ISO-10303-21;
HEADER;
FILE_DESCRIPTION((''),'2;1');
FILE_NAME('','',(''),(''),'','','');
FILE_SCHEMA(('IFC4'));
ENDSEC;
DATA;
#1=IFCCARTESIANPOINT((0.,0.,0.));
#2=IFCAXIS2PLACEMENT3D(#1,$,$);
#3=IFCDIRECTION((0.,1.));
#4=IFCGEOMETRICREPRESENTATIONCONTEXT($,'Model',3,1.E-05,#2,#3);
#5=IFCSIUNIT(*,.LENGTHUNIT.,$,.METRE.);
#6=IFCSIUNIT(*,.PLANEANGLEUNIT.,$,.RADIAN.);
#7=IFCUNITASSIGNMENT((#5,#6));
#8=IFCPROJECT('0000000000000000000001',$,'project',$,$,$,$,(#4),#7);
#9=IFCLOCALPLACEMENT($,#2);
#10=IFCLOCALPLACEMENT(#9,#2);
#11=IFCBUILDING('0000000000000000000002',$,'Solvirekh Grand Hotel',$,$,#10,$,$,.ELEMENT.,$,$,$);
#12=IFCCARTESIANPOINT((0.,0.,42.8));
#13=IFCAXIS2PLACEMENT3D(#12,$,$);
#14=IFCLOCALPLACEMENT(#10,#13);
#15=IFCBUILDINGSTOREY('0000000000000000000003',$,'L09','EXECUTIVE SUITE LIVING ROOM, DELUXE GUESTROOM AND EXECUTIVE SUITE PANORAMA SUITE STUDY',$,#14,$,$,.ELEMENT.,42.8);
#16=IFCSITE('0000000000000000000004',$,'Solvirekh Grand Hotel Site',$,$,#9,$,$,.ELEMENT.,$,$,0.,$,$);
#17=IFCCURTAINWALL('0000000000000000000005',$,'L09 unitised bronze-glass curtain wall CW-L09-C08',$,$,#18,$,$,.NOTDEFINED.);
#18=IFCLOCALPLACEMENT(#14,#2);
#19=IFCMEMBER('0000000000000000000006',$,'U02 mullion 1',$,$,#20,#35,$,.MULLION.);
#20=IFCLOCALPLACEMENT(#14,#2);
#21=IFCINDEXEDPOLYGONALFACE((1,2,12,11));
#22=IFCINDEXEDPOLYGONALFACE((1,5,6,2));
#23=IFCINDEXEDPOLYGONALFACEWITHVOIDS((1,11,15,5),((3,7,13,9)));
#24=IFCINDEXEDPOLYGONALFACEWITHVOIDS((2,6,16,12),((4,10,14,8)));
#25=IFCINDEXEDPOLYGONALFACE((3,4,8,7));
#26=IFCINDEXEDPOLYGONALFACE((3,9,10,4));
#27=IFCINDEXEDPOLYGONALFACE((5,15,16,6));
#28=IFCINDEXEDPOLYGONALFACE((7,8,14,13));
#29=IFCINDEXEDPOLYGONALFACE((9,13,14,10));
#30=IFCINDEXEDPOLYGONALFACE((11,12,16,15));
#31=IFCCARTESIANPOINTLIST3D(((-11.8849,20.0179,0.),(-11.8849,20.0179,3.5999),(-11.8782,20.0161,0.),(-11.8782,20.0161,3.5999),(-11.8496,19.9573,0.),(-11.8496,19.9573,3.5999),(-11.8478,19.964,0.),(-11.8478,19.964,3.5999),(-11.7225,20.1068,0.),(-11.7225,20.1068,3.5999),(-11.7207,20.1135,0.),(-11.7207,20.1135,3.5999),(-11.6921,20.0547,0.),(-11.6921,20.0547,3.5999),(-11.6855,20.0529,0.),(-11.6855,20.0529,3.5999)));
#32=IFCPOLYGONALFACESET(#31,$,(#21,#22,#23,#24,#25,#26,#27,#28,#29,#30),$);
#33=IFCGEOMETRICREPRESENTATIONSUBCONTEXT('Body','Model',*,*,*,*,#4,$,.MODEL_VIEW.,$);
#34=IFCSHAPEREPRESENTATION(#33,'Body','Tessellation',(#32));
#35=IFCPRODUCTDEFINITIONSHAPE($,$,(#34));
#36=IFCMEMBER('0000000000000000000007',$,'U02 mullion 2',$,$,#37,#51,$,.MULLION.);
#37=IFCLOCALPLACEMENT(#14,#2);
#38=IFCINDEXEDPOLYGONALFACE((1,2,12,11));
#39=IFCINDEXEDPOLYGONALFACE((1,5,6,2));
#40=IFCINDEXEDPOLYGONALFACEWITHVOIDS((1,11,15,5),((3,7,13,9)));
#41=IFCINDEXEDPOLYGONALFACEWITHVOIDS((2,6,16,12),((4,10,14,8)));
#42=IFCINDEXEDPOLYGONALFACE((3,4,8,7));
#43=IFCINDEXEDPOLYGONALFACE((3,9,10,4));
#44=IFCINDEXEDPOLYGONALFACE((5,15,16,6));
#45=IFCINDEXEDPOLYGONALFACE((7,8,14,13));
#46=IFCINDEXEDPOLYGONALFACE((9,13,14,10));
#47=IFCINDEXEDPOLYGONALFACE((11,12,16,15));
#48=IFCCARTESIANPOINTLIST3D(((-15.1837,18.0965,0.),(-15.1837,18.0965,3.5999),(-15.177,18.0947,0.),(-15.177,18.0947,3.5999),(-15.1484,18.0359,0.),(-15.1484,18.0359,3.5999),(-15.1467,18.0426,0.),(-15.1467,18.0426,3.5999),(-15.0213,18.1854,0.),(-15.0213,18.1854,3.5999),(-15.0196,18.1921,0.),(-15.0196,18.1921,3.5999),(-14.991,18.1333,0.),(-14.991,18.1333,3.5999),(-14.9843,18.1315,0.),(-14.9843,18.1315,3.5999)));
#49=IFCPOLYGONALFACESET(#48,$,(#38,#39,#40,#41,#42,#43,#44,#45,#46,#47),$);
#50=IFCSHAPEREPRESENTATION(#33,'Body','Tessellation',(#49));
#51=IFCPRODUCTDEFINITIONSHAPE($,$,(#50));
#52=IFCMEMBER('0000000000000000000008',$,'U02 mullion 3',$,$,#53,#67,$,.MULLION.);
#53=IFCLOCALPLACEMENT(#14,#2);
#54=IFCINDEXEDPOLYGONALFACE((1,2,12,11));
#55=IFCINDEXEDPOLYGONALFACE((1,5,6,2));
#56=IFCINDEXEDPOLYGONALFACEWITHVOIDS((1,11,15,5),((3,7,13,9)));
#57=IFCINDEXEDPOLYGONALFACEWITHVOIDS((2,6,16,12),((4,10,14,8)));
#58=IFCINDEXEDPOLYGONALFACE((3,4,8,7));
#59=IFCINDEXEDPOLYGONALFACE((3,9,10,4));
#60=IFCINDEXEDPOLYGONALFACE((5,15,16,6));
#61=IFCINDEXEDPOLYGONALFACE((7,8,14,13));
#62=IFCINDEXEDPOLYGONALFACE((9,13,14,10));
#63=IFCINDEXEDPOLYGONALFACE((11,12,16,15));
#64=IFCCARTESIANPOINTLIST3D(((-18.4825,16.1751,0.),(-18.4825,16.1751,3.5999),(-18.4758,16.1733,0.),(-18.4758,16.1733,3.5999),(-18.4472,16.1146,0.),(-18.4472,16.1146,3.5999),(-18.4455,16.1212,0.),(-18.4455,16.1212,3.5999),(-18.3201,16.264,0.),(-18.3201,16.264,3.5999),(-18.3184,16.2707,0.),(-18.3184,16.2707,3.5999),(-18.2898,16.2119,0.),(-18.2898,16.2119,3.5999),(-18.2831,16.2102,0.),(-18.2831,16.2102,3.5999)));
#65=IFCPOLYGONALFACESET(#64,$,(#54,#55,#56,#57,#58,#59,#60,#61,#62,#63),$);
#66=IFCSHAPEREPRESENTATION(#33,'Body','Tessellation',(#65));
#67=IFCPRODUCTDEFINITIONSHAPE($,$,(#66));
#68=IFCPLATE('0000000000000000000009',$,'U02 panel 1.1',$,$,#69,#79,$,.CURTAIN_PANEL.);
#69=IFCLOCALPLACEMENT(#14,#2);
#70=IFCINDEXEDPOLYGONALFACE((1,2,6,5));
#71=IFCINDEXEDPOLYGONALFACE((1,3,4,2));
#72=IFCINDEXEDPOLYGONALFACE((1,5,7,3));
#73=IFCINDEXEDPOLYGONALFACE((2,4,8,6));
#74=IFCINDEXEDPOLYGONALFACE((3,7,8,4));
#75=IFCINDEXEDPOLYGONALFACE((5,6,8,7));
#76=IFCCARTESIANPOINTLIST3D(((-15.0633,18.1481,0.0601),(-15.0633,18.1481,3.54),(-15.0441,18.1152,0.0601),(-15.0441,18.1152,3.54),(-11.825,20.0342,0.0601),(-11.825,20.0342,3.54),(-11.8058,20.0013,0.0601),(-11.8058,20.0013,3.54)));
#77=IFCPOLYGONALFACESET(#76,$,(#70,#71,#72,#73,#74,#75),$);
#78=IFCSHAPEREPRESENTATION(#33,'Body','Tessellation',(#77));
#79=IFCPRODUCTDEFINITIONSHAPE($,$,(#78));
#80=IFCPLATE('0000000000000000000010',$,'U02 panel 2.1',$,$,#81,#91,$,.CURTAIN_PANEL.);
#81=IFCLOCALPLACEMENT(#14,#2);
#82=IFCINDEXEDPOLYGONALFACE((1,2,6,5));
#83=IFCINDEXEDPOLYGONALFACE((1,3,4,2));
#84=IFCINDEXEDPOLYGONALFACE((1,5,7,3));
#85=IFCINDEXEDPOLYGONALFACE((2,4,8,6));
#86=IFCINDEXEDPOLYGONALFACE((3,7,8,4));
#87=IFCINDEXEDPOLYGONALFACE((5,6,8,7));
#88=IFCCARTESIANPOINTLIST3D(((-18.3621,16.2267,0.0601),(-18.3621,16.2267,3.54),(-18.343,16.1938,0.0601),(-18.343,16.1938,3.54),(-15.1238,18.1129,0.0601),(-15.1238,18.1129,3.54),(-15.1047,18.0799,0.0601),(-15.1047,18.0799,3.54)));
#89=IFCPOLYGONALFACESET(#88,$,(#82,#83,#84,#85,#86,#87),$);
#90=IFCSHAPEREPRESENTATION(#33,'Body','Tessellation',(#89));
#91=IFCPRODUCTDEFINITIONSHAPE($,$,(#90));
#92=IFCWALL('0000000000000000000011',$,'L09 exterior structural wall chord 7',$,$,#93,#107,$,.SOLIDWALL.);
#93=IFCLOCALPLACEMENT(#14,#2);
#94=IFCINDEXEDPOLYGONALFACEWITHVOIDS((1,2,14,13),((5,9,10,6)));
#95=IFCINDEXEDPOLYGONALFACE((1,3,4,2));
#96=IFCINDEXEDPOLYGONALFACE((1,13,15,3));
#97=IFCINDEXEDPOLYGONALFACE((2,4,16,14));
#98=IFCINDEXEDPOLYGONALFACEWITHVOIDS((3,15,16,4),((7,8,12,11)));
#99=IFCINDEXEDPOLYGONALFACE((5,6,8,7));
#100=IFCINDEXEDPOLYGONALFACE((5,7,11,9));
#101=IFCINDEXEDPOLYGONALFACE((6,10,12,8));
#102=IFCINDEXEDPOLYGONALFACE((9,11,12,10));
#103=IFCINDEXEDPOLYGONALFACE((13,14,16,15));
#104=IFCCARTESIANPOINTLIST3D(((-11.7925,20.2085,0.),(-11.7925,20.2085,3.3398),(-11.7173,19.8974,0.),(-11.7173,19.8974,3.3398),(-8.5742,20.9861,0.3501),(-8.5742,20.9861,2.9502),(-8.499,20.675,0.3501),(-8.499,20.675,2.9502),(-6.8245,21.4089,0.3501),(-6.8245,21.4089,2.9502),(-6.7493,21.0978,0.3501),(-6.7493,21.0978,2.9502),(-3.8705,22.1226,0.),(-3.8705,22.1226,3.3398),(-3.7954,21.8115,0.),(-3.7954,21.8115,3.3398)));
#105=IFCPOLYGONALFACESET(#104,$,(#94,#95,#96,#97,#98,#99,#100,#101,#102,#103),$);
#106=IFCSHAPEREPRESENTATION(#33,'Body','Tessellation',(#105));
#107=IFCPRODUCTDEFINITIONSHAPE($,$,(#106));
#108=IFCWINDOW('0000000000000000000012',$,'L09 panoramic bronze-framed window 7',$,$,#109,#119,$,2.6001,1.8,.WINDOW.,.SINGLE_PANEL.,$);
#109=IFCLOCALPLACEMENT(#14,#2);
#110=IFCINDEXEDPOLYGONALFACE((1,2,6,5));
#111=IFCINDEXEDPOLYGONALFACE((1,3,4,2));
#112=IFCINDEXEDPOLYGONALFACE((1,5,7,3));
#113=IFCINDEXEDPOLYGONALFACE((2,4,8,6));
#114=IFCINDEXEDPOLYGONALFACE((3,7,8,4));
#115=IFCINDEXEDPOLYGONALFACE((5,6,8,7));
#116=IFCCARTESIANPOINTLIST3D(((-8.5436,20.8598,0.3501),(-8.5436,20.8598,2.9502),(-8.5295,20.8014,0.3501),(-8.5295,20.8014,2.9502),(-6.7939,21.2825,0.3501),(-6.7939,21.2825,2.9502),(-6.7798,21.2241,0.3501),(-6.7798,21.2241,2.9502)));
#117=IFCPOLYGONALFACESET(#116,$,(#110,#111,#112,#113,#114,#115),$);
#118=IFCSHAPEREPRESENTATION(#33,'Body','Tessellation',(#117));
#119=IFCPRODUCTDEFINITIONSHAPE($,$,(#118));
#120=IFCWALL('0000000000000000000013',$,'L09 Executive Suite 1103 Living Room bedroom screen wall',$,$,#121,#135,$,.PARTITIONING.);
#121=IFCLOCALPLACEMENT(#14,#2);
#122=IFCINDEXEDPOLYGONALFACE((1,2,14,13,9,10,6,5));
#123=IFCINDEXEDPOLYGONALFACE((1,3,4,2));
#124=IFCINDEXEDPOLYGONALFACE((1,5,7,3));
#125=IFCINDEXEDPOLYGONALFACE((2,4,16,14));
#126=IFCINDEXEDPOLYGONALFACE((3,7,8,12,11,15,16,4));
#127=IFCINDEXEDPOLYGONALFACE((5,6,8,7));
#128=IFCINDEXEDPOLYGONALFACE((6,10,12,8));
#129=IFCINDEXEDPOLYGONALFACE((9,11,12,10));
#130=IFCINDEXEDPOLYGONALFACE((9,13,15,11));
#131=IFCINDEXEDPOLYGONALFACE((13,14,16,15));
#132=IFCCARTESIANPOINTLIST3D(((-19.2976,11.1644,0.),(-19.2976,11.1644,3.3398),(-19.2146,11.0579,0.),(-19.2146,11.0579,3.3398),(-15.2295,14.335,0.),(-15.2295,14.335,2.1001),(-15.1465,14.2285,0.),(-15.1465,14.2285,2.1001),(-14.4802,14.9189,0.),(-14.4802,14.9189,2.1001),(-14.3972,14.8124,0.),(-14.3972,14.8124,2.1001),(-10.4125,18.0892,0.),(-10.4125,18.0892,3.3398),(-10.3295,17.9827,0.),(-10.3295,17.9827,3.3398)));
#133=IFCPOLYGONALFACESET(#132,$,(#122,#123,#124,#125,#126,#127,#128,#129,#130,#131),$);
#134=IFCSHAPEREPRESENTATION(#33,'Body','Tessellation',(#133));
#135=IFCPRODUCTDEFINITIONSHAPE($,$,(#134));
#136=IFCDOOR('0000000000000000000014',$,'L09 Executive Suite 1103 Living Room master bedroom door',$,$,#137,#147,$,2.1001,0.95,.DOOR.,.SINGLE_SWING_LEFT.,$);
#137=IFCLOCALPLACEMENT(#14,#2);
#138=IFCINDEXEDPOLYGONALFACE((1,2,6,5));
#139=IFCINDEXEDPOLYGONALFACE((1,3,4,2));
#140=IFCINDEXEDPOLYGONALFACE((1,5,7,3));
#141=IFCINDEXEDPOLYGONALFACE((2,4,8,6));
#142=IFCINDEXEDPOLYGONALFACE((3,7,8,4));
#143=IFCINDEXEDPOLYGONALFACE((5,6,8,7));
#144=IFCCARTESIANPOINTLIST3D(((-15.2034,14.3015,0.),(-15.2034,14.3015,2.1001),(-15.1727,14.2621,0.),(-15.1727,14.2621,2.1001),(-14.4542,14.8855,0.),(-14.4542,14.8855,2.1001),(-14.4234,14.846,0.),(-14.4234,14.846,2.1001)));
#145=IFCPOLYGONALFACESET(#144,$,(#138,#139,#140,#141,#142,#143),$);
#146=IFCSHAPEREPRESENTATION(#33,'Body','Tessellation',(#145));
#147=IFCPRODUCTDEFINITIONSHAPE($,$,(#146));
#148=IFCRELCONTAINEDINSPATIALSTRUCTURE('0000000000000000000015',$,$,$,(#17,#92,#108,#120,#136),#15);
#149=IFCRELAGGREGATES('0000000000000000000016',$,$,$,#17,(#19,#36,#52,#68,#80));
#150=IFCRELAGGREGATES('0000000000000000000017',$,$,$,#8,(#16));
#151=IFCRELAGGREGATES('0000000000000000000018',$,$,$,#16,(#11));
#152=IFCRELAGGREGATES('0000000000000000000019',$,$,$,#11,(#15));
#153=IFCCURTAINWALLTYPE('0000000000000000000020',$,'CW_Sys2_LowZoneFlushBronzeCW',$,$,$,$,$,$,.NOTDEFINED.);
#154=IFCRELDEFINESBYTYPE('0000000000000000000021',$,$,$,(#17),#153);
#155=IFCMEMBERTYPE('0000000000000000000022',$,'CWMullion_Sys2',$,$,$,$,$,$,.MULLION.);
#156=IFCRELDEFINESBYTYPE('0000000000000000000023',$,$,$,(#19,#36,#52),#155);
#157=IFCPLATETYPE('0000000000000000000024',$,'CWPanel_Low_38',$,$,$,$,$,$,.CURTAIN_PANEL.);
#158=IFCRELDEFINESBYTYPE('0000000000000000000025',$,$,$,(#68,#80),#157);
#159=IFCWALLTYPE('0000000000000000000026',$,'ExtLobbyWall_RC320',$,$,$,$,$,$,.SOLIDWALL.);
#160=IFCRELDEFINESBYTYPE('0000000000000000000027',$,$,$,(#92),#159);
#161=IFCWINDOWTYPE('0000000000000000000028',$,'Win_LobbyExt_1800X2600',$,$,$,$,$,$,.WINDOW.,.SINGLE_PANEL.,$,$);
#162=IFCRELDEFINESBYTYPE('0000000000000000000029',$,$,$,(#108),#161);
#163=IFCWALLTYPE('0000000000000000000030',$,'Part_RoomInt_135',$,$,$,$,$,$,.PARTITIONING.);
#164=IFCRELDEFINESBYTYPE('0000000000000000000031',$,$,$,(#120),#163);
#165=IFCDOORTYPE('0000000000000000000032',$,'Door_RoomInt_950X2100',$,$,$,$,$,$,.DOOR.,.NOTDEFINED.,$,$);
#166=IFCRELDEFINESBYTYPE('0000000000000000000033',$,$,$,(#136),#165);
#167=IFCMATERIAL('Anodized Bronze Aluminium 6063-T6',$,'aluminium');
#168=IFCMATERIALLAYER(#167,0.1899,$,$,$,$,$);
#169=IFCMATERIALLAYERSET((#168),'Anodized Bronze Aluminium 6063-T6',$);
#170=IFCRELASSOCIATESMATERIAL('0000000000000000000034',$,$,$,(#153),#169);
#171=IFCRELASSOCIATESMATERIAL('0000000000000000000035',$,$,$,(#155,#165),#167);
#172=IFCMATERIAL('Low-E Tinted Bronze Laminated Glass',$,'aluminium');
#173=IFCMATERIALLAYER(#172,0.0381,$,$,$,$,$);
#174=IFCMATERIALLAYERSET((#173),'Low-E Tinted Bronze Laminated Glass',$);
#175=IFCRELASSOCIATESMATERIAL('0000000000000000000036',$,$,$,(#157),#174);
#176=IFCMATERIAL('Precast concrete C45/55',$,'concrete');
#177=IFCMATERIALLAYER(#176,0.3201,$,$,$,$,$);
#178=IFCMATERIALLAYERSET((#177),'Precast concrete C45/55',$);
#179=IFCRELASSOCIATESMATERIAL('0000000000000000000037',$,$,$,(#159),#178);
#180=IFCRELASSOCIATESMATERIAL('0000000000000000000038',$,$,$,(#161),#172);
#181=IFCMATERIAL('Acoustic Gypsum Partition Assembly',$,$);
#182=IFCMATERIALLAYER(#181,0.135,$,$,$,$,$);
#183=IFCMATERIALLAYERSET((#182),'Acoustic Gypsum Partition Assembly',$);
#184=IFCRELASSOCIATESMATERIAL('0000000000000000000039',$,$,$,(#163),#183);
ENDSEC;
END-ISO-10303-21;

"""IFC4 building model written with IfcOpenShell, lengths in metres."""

from ifc_helpers import new_model, si_unit, direction, frame, frame_2d, origin, origin_2d, place, context, subcontext, project, spatial, rectangle, hollow_rectangle, extrude, source, transform, mapped, material, layer, layer_set, material_profile, profile_set, type_object, element, fill, aggregate, save


model = new_model("IFC4")

# Units and contexts
model_context = context("Model", 3, precision=1e-05, world=origin(), true_north=direction((0.0, 1.0)))
body_context = subcontext(model_context, "Body", "Model", "MODEL_VIEW")
ifc_project = project(units=[si_unit("LENGTHUNIT", "METRE"), si_unit("PLANEANGLEUNIT", "RADIAN")], contexts=[model_context])

# Site, building, storey
site_placement = place(None, origin())
site = spatial("IfcSite", under=ifc_project, at=site_placement, Name="Solvirekh Grand Hotel Site", CompositionType="ELEMENT", RefElevation=0.0)
building_placement = place(site_placement, origin())
building = spatial("IfcBuilding", under=site, at=building_placement, Name="Solvirekh Grand Hotel", CompositionType="ELEMENT")
storey_placement = place(building_placement, frame((0.0, 0.0, 42.8)))
storey = spatial("IfcBuildingStorey", under=building, at=storey_placement, Name="L09", Description="EXECUTIVE SUITE LIVING ROOM, DELUXE GUESTROOM AND EXECUTIVE SUITE PANORAMA SUITE STUDY", CompositionType="ELEMENT", Elevation=42.8)

# Curtain wall, members, plates
ifc_material_1 = material(Name="Anodized Bronze Aluminium 6063-T6", Category="aluminium")
ifc_layer_1 = layer(ifc_material_1, 0.1899)
ifc_layer_set_1 = layer_set([ifc_layer_1], Name="Anodized Bronze Aluminium 6063-T6")
curtain_wall_type = type_object("IfcCurtainWallType", Name="CW_Sys2_LowZoneFlushBronzeCW", PredefinedType="NOTDEFINED", material=ifc_layer_set_1)
curtain_wall_placement = place(storey_placement, origin())
curtain_wall = element("IfcCurtainWall", 1, at=curtain_wall_placement, inside=storey, type_object=curtain_wall_type, Name="L09 unitised bronze-glass curtain wall CW-L09-C08", PredefinedType="NOTDEFINED")
ifc_material_profile_1 = material_profile(ifc_material_1, hollow_rectangle(XDim=0.0701, YDim=0.1899, WallThickness=0.0049, at=origin_2d()), Name="ALU RHS 190X70X5")
ifc_profile_set_1 = profile_set([ifc_material_profile_1], Name="Anodized Bronze Aluminium 6063-T6")
member_type_1 = type_object("IfcMemberType", Name="CWMullion_Sys2", PredefinedType="MULLION", material=ifc_profile_set_1)
shared_shape_1 = source(origin(), body_context, "Body", "SweptSolid", [
    extrude(hollow_rectangle(XDim=0.0701, YDim=0.1899, WallThickness=0.0049, at=origin_2d()), origin(), (0.0, 0.0, 1.0), 3.5999),
])
member_1_placement = place(storey_placement, frame((-11.7852, 20.0354, 0.0), z_axis=(0.0, 0.0, 1.0), x_axis=(0.503306, -0.864108, 0.0)))
member_1 = element("IfcMember", 2, at=member_1_placement, type_object=member_type_1, Name="U02 mullion 1", PredefinedType="MULLION", context=body_context, shape_type="MappedRepresentation", body=[
    mapped(shared_shape_1, transform((0.0, 0.0, 0.0), x_axis=(1.0, 0.0, 0.0), y_axis=(0.0, 1.0, 0.0), z_axis=(0.0, 0.0, 1.0), scale=1.0)),
])
member_2_placement = place(storey_placement, frame((-15.084, 18.114, 0.0), z_axis=(0.0, 0.0, 1.0), x_axis=(0.503306, -0.864108, 0.0)))
member_2 = element("IfcMember", 3, at=member_2_placement, type_object=member_type_1, Name="U02 mullion 2", PredefinedType="MULLION", context=body_context, shape_type="MappedRepresentation", body=[
    mapped(shared_shape_1, transform((0.0, 0.0, 0.0), x_axis=(1.0, 0.0, 0.0), y_axis=(0.0, 1.0, 0.0), z_axis=(0.0, 0.0, 1.0), scale=1.0)),
])
member_3_placement = place(storey_placement, frame((-18.3828, 16.1926, 0.0), z_axis=(0.0, 0.0, 1.0), x_axis=(0.503306, -0.864108, 0.0)))
member_3 = element("IfcMember", 4, at=member_3_placement, type_object=member_type_1, Name="U02 mullion 3", PredefinedType="MULLION", context=body_context, shape_type="MappedRepresentation", body=[
    mapped(shared_shape_1, transform((0.0, 0.0, 0.0), x_axis=(1.0, 0.0, 0.0), y_axis=(0.0, 1.0, 0.0), z_axis=(0.0, 0.0, 1.0), scale=1.0)),
])
ifc_material_2 = material(Name="Low-E Tinted Bronze Laminated Glass", Category="aluminium")
ifc_layer_2 = layer(ifc_material_2, 0.0381)
ifc_layer_set_2 = layer_set([ifc_layer_2], Name="Low-E Tinted Bronze Laminated Glass")
plate_type = type_object("IfcPlateType", Name="CWPanel_Low_38", PredefinedType="CURTAIN_PANEL", material=ifc_layer_set_2)
shared_shape_2 = source(origin(), body_context, "Body", "SweptSolid", [
    extrude(rectangle(XDim=3.7476, YDim=0.0381, at=origin_2d()), origin(), (0.0, 0.0, 1.0), 3.48),
])
plate_1_placement = place(storey_placement, frame((-13.4346, 19.0747, 0.0601), z_axis=(0.0, 0.0, 1.0), x_axis=(-0.864108, -0.503306, 0.0)))
plate_1 = element("IfcPlate", 5, at=plate_1_placement, type_object=plate_type, Name="U02 panel 1.1", PredefinedType="CURTAIN_PANEL", context=body_context, shape_type="MappedRepresentation", body=[
    mapped(shared_shape_2, transform((0.0, 0.0, 0.0), x_axis=(1.0, 0.0, 0.0), y_axis=(0.0, 1.0, 0.0), z_axis=(0.0, 0.0, 1.0), scale=1.0)),
])
plate_2_placement = place(storey_placement, frame((-16.7334, 17.1533, 0.0601), z_axis=(0.0, 0.0, 1.0), x_axis=(-0.864108, -0.503306, 0.0)))
plate_2 = element("IfcPlate", 6, at=plate_2_placement, type_object=plate_type, Name="U02 panel 2.1", PredefinedType="CURTAIN_PANEL", context=body_context, shape_type="MappedRepresentation", body=[
    mapped(shared_shape_2, transform((0.0, 0.0, 0.0), x_axis=(1.0, 0.0, 0.0), y_axis=(0.0, 1.0, 0.0), z_axis=(0.0, 0.0, 1.0), scale=1.0)),
])
aggregate(curtain_wall, [member_1, member_2, member_3, plate_1, plate_2])

# Wall, opening, window
ifc_material_3 = material(Name="Precast concrete C45/55", Category="concrete")
ifc_layer_3 = layer(ifc_material_3, 0.3201)
ifc_layer_set_3 = layer_set([ifc_layer_3], Name="Precast concrete C45/55")
wall_type_1 = type_object("IfcWallType", Name="ExtLobbyWall_RC320", PredefinedType="SOLIDWALL", material=ifc_layer_set_3)
wall_1_placement = place(storey_placement, frame((-11.7549, 20.053, 0.0), z_axis=(0.0, 0.0, 1.0), x_axis=(0.972029, 0.234859, 0.0)))
wall_1 = element("IfcWall", 7, at=wall_1_placement, inside=storey, type_object=wall_type_1, Name="L09 exterior structural wall chord 7", PredefinedType="SOLIDWALL", context=body_context, shape_type="SweptSolid", body=[
    extrude(rectangle(XDim=8.1499, YDim=0.3201, at=frame_2d((4.075, 0.0))), origin(), (0.0, 0.0, 1.0), 3.3398),
])
opening_1_placement = place(wall_1_placement, frame((3.311, 0.0, 0.3501)))
opening_1 = element("IfcOpeningElement", 8, at=opening_1_placement, cuts=wall_1, PredefinedType="OPENING", context=body_context, shape_type="SweptSolid", body=[
    extrude(rectangle(XDim=1.8, YDim=2.6001, at=frame_2d((0.8999, 1.3))), frame((0.0, 0.1699, 0.0), z_axis=(0.0, -1.0, 0.0), x_axis=(1.0, 0.0, 0.0)), (0.0, 0.0, 1.0), 0.3401),
])
window_type = type_object("IfcWindowType", Name="Win_LobbyExt_1800X2600", PartitioningType="SINGLE_PANEL", PredefinedType="WINDOW", material=ifc_material_2)
window_placement = place(opening_1_placement, origin())
window = element("IfcWindow", 9, at=window_placement, inside=storey, type_object=window_type, Name="L09 panoramic bronze-framed window 7", OverallHeight=2.6001, OverallWidth=1.8, PartitioningType="SINGLE_PANEL", PredefinedType="WINDOW", context=body_context, shape_type="SweptSolid", body=[
    extrude(rectangle(XDim=1.8, YDim=2.6001, at=frame_2d((0.8999, 1.3))), frame((0.0, 0.03, 0.0), z_axis=(0.0, -1.0, 0.0), x_axis=(1.0, 0.0, 0.0)), (0.0, 0.0, 1.0), 0.0601),
])
fill(opening_1, window)

# Wall, opening, door
ifc_material_4 = material(Name="Acoustic Gypsum Partition Assembly")
ifc_layer_4 = layer(ifc_material_4, 0.135)
ifc_layer_set_4 = layer_set([ifc_layer_4], Name="Acoustic Gypsum Partition Assembly")
wall_type_2 = type_object("IfcWallType", Name="Part_RoomInt_135", PredefinedType="PARTITIONING", material=ifc_layer_set_4)
wall_2_placement = place(storey_placement, frame((-10.3711, 18.0359, 0.0), z_axis=(0.0, 0.0, 1.0), x_axis=(-0.788739, -0.614728, 0.0)))
wall_2 = element("IfcWall", 10, at=wall_2_placement, inside=storey, type_object=wall_type_2, Name="L09 Executive Suite 1103 Living Room bedroom screen wall", PredefinedType="PARTITIONING", context=body_context, shape_type="SweptSolid", body=[
    extrude(rectangle(XDim=11.2649, YDim=0.135, at=frame_2d((5.6323, 0.0))), origin(), (0.0, 0.0, 1.0), 3.3398),
])
opening_2_placement = place(wall_2_placement, frame((5.157, 0.0, 0.0)))
opening_2 = element("IfcOpeningElement", 11, at=opening_2_placement, cuts=wall_2, PredefinedType="OPENING", context=body_context, shape_type="SweptSolid", body=[
    extrude(rectangle(XDim=0.95, YDim=2.1001, at=frame_2d((0.4751, 1.05))), frame((0.0, 0.0776, 0.0), z_axis=(0.0, -1.0, 0.0), x_axis=(1.0, 0.0, 0.0)), (0.0, 0.0, 1.0), 0.155),
])
door_type = type_object("IfcDoorType", Name="Door_RoomInt_950X2100", OperationType="NOTDEFINED", PredefinedType="DOOR", material=ifc_material_1)
door_1_placement = place(opening_2_placement, origin())
door_1 = element("IfcDoor", 12, at=door_1_placement, inside=storey, type_object=door_type, Name="L09 Executive Suite 1103 Living Room master bedroom door", OperationType="SINGLE_SWING_LEFT", OverallHeight=2.1001, OverallWidth=0.95, PredefinedType="DOOR", context=body_context, shape_type="SweptSolid", body=[
    extrude(rectangle(XDim=0.95, YDim=2.1001, at=frame_2d((0.4751, 1.05))), frame((0.0, 0.0249, 0.0), z_axis=(0.0, -1.0, 0.0), x_axis=(1.0, 0.0, 0.0)), (0.0, 0.0, 1.0), 0.05),
])
fill(opening_2, door_1)

save(model, "model.ifc")
